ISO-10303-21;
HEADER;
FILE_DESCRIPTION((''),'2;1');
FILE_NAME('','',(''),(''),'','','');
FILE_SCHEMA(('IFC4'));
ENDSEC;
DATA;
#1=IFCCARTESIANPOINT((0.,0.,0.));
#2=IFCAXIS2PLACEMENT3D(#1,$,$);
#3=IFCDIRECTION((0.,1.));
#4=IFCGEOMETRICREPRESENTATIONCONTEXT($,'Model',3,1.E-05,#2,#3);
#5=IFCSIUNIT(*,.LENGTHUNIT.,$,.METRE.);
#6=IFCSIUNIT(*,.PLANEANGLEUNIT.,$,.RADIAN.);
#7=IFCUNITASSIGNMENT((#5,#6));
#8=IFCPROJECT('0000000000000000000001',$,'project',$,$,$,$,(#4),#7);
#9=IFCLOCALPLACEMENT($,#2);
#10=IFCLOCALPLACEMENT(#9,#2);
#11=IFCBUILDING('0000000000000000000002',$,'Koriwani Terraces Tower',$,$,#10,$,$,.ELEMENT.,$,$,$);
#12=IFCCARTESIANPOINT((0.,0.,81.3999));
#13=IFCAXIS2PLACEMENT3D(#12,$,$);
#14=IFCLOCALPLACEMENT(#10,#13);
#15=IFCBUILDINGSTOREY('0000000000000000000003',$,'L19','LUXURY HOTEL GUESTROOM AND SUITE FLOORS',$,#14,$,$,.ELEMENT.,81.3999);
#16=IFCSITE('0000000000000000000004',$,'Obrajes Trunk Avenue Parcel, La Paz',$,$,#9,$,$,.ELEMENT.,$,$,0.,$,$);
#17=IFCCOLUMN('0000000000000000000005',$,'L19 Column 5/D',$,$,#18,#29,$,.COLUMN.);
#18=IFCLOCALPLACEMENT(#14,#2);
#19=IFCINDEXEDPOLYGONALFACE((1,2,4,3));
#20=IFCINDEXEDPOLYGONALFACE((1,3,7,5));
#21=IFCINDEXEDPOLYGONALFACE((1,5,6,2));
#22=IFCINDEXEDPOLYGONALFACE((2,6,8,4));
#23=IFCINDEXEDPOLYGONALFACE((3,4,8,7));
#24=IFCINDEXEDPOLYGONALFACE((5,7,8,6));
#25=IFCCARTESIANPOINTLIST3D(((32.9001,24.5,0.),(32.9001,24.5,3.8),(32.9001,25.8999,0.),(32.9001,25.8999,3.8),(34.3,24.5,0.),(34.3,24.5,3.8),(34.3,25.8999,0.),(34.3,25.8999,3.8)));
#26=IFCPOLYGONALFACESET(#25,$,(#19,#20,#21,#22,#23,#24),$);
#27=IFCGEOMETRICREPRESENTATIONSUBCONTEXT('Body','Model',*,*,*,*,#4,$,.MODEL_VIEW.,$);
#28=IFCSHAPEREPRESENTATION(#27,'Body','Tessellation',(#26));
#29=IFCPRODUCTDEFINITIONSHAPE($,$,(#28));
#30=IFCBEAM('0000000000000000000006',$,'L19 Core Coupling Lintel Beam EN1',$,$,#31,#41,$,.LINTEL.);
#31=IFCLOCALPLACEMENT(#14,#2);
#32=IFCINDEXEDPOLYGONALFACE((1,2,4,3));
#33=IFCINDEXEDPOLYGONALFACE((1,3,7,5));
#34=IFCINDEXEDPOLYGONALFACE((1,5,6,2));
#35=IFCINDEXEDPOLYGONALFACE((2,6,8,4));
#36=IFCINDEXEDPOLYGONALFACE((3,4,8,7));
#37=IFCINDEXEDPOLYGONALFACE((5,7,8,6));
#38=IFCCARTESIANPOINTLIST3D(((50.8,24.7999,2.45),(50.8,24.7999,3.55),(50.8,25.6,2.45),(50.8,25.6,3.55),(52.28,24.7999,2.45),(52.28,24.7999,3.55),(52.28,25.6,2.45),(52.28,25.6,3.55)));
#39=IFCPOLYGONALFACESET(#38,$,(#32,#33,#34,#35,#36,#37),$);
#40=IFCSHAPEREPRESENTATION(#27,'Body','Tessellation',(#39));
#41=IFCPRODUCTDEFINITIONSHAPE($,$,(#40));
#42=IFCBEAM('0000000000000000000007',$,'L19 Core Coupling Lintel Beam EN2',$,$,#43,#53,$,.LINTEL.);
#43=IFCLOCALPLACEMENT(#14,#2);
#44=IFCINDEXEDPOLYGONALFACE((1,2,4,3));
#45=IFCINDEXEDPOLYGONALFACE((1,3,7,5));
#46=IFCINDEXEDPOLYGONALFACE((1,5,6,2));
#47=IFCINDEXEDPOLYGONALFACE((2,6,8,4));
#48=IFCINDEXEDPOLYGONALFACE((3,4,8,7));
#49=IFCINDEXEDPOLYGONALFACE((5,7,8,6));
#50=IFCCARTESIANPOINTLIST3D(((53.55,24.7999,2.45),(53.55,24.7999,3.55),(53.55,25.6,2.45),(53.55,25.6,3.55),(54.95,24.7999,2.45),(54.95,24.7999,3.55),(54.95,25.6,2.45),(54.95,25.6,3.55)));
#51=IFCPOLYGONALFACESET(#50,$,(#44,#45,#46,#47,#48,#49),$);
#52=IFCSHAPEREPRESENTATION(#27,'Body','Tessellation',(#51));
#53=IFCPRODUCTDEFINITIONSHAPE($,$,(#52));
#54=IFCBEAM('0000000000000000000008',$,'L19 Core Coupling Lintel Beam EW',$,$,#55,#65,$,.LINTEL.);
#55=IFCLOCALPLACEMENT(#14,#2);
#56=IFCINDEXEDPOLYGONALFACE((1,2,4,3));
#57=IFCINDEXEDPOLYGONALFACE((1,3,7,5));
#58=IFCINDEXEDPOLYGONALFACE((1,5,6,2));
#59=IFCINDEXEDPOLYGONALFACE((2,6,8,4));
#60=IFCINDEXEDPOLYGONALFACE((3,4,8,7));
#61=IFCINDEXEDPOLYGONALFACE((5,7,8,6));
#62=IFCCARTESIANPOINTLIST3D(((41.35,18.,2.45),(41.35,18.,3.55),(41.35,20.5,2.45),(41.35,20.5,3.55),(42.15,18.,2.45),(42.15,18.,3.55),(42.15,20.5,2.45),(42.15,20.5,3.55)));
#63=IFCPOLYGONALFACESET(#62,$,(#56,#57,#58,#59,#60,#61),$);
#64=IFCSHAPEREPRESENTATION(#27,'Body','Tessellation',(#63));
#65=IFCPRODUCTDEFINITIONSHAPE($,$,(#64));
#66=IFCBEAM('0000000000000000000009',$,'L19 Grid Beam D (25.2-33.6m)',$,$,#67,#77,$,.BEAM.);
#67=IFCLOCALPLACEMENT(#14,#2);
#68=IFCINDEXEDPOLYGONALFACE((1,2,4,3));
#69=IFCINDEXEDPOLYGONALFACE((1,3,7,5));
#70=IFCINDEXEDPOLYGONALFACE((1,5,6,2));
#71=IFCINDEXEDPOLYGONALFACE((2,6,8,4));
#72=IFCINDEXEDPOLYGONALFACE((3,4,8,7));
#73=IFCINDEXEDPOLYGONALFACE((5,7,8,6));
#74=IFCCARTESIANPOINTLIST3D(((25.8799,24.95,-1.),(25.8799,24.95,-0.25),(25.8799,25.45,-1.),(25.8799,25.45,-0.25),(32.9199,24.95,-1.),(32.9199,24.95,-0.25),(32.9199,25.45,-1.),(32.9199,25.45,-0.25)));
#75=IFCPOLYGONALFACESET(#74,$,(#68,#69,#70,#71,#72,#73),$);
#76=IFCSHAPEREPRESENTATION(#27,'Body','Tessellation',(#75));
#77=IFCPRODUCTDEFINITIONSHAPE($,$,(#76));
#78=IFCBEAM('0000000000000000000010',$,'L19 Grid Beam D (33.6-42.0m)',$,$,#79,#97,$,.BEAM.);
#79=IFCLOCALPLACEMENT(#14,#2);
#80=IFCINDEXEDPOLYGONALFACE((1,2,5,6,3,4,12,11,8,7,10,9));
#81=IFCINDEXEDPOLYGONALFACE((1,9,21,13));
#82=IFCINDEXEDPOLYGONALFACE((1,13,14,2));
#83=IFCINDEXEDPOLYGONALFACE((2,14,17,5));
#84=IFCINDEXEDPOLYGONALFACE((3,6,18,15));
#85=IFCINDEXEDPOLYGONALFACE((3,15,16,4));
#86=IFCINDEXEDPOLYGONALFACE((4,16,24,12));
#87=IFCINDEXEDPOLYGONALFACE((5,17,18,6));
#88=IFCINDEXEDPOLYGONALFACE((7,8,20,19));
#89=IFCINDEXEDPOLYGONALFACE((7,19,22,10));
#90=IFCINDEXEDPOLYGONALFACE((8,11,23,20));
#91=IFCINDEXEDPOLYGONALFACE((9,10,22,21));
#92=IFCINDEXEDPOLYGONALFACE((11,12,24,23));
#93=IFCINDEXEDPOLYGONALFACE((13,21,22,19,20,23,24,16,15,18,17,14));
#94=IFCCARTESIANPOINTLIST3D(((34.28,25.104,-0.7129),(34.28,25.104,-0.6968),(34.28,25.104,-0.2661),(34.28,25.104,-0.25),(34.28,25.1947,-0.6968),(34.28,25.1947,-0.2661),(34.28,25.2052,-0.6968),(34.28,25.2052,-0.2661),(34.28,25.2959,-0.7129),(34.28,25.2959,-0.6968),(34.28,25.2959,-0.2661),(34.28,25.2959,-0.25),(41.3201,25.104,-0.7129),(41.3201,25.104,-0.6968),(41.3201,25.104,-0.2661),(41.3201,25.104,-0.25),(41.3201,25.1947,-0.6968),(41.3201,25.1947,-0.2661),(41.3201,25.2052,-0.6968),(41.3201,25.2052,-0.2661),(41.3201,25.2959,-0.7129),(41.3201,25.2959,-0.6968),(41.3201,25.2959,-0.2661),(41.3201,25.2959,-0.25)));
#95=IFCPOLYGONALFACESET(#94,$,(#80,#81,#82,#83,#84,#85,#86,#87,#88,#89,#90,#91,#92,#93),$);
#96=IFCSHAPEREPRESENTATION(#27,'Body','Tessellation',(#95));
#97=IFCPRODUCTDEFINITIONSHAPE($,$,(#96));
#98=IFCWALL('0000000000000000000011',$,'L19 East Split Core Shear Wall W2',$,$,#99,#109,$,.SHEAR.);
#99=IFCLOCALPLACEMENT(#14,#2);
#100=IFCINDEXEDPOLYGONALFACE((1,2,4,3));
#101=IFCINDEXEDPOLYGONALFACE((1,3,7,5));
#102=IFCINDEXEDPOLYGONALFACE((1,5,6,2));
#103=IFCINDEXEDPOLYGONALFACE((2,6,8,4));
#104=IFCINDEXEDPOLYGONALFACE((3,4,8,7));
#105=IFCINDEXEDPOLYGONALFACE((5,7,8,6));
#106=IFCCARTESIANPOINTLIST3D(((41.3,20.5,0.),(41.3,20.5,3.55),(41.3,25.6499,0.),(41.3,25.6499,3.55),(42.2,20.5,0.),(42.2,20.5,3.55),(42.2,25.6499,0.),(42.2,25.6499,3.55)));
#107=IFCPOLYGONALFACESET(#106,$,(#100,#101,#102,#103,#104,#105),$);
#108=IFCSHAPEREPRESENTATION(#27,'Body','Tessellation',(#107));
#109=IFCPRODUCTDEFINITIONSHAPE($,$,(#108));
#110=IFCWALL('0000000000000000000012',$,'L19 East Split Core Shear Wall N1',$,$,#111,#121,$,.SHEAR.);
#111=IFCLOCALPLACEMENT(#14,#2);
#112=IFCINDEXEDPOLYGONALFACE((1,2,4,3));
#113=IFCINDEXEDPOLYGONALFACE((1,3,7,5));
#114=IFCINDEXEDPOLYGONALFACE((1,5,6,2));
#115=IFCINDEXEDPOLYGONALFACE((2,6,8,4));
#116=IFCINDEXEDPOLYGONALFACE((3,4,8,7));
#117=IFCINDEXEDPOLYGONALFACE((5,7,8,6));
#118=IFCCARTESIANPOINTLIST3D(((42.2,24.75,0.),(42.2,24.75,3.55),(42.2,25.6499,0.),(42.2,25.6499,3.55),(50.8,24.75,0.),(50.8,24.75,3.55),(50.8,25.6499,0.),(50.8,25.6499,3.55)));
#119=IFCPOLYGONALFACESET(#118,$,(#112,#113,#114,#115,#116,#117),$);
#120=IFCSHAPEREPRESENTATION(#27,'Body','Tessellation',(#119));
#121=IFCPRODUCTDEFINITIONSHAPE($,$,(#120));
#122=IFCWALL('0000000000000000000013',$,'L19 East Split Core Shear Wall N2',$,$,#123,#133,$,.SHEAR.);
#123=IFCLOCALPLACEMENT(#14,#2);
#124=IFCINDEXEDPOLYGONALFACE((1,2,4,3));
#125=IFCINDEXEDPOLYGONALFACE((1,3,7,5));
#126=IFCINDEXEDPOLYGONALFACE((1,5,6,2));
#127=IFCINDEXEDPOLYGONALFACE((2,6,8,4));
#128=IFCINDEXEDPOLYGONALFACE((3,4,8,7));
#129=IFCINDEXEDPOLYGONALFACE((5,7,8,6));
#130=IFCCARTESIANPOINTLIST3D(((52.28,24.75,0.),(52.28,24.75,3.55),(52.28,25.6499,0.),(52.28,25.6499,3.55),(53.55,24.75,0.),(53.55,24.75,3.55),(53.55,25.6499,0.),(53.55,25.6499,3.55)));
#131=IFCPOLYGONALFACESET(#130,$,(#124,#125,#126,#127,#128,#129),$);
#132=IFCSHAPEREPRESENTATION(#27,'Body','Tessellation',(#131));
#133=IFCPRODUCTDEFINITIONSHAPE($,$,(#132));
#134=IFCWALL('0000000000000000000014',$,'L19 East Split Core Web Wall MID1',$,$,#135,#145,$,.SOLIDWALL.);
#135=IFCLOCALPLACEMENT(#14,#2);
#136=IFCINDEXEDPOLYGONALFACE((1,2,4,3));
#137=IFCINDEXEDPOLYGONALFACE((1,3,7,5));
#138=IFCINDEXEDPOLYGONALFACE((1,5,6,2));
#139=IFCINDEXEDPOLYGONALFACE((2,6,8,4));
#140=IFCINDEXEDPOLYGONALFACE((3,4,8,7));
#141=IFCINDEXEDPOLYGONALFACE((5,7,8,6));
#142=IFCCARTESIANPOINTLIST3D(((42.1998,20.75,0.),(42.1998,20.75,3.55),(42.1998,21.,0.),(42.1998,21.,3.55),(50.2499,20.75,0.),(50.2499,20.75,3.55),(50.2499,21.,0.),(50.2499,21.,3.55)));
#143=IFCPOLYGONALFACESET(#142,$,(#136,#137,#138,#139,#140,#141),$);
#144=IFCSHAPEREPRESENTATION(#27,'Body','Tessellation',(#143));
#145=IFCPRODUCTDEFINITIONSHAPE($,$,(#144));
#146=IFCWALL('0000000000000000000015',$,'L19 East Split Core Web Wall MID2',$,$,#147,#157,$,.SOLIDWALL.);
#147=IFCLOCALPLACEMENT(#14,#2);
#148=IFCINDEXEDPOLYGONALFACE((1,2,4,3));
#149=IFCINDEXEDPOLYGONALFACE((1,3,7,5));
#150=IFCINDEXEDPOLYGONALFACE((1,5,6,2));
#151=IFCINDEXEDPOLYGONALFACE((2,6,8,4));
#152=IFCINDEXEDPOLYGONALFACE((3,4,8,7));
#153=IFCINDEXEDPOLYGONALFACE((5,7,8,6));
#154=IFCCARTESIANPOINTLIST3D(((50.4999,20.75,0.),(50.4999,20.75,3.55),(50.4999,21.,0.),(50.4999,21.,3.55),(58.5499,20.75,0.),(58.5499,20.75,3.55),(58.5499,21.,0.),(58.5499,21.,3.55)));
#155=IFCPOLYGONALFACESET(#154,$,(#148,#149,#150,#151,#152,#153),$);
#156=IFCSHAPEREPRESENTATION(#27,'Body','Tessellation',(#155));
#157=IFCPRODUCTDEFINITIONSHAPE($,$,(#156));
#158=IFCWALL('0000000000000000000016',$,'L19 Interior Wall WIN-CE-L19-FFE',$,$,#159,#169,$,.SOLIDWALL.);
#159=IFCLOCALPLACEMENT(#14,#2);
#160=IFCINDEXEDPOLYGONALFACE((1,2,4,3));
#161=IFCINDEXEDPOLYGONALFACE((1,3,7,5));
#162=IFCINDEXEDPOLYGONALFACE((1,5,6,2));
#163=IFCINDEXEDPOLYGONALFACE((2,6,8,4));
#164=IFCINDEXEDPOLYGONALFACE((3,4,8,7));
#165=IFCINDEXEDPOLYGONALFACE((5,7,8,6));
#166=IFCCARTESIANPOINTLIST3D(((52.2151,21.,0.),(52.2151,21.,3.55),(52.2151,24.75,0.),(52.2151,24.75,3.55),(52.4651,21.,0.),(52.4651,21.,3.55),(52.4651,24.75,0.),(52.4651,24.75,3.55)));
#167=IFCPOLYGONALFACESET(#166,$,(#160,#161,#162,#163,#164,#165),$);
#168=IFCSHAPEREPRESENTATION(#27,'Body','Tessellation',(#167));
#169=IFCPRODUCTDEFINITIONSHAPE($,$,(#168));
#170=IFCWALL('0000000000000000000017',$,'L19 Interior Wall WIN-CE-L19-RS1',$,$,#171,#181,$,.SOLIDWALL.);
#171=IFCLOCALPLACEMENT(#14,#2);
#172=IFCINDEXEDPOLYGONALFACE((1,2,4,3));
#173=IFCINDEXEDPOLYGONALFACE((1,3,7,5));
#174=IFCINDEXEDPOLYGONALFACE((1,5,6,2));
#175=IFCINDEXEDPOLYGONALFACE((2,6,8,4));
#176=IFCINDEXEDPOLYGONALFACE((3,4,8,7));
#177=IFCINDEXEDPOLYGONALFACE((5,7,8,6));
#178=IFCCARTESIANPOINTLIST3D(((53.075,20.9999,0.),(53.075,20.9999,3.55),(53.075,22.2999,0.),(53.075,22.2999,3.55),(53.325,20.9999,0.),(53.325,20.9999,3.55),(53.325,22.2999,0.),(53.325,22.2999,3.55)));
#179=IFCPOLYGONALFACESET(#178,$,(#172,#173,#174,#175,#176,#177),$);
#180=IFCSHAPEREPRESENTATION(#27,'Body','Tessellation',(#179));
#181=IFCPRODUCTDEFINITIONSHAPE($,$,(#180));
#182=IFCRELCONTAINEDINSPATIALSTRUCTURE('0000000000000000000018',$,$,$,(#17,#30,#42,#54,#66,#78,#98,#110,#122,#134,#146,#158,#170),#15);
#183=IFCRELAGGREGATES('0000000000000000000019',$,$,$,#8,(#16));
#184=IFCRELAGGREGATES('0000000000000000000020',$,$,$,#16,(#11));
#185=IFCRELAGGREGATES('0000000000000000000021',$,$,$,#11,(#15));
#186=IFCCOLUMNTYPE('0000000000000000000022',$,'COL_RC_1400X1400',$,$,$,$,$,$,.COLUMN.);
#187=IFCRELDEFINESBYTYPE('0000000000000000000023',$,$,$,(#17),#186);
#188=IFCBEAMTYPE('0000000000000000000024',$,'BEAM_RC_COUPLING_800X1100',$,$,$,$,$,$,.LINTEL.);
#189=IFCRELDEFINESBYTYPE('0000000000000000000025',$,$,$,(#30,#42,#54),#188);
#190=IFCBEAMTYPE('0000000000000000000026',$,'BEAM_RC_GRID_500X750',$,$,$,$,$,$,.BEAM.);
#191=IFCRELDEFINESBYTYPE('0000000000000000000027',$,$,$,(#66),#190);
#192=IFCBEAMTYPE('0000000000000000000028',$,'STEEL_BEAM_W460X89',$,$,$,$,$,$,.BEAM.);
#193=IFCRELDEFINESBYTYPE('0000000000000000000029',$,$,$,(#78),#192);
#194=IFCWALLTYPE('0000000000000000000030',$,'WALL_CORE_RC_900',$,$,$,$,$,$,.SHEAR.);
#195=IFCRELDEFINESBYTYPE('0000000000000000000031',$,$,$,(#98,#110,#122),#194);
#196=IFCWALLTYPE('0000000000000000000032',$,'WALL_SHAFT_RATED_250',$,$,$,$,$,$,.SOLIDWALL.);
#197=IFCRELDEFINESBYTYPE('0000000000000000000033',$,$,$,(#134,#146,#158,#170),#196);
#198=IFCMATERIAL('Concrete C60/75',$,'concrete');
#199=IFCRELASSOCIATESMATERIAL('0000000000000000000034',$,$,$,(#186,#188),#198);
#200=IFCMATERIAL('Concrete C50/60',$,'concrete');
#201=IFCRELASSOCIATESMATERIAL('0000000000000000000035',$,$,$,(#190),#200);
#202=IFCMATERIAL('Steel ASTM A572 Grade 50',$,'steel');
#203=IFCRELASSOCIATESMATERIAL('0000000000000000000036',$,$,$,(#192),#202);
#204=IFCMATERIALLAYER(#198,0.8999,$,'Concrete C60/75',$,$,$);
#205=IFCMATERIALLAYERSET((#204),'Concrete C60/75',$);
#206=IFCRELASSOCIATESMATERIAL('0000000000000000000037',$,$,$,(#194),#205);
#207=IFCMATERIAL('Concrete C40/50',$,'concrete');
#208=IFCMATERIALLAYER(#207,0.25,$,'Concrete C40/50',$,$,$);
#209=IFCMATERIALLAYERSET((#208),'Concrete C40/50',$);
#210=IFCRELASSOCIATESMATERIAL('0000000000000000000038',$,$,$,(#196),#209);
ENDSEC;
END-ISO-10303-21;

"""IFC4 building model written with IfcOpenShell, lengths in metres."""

from ifc_helpers import new_model, si_unit, direction, frame, frame_2d, origin, origin_2d, place, context, subcontext, project, spatial, rectangle, i_section, extrude, material, layer, layer_set, material_profile, profile_set, type_object, element, save


model = new_model("IFC4")

# Units and contexts
model_context = context("Model", 3, precision=1e-05, world=origin(), true_north=direction((0.0, 1.0)))
body_context = subcontext(model_context, "Body", "Model", "MODEL_VIEW")
ifc_project = project(units=[si_unit("LENGTHUNIT", "METRE"), si_unit("PLANEANGLEUNIT", "RADIAN")], contexts=[model_context])

# Site, building, storey
site_placement = place(None, origin())
site = spatial("IfcSite", under=ifc_project, at=site_placement, Name="Obrajes Trunk Avenue Parcel, La Paz", CompositionType="ELEMENT", RefElevation=0.0)
building_placement = place(site_placement, origin())
building = spatial("IfcBuilding", under=site, at=building_placement, Name="Koriwani Terraces Tower", CompositionType="ELEMENT")
storey_placement = place(building_placement, frame((0.0, 0.0, 81.3999)))
storey = spatial("IfcBuildingStorey", under=building, at=storey_placement, Name="L19", Description="LUXURY HOTEL GUESTROOM AND SUITE FLOORS", CompositionType="ELEMENT", Elevation=81.3999)

# Column
ifc_material_1 = material(Name="Concrete C60/75", Category="concrete")
ifc_material_profile_1 = material_profile(ifc_material_1, rectangle(XDim=1.3999, YDim=1.3999, at=origin_2d()), Name="Concrete C60/75", Category="LoadBearing")
ifc_profile_set_1 = profile_set([ifc_material_profile_1], Name="Concrete C60/75")
column_type = type_object("IfcColumnType", Name="COL_RC_1400X1400", PredefinedType="COLUMN", material=ifc_profile_set_1)
column_placement = place(storey_placement, frame((33.6001, 25.2, 0.0), z_axis=(0.0, 0.0, 1.0), x_axis=(1.0, 0.0, 0.0)))
element("IfcColumn", 1, at=column_placement, inside=storey, type_object=column_type, Name="L19 Column 5/D", PredefinedType="COLUMN", context=body_context, shape_type="SweptSolid", body=[
    extrude(rectangle(XDim=1.3999, YDim=1.3999, at=origin_2d()), origin(), (0.0, 0.0, 1.0), 3.8),
])

# Beams
ifc_material_profile_2 = material_profile(ifc_material_1, rectangle(XDim=0.8, YDim=1.1001, at=origin_2d()), Name="Concrete C60/75", Category="LoadBearing")
ifc_profile_set_2 = profile_set([ifc_material_profile_2], Name="Concrete C60/75")
beam_type_1 = type_object("IfcBeamType", Name="BEAM_RC_COUPLING_800X1100", PredefinedType="LINTEL", material=ifc_profile_set_2)
beam_1_placement = place(storey_placement, frame((50.8, 25.2, 3.0), z_axis=(1.0, 0.0, 0.0), x_axis=(0.0, 1.0, 0.0)))
element("IfcBeam", 2, at=beam_1_placement, inside=storey, type_object=beam_type_1, Name="L19 Core Coupling Lintel Beam EN1", PredefinedType="LINTEL", context=body_context, shape_type="SweptSolid", body=[
    extrude(rectangle(XDim=0.8, YDim=1.1001, at=origin_2d()), origin(), (0.0, 0.0, 1.0), 1.48),
])
beam_2_placement = place(storey_placement, frame((53.55, 25.2, 3.0), z_axis=(1.0, 0.0, 0.0), x_axis=(0.0, 1.0, 0.0)))
element("IfcBeam", 3, at=beam_2_placement, inside=storey, type_object=beam_type_1, Name="L19 Core Coupling Lintel Beam EN2", PredefinedType="LINTEL", context=body_context, shape_type="SweptSolid", body=[
    extrude(rectangle(XDim=0.8, YDim=1.1001, at=origin_2d()), origin(), (0.0, 0.0, 1.0), 1.3999),
])
beam_3_placement = place(storey_placement, frame((41.75, 18.0, 3.0), z_axis=(0.0, 1.0, 0.0), x_axis=(-1.0, 0.0, 0.0)))
element("IfcBeam", 4, at=beam_3_placement, inside=storey, type_object=beam_type_1, Name="L19 Core Coupling Lintel Beam EW", PredefinedType="LINTEL", context=body_context, shape_type="SweptSolid", body=[
    extrude(rectangle(XDim=0.8, YDim=1.1001, at=origin_2d()), origin(), (0.0, 0.0, 1.0), 2.5),
])
ifc_material_2 = material(Name="Concrete C50/60", Category="concrete")
ifc_material_profile_3 = material_profile(ifc_material_2, rectangle(XDim=0.5, YDim=0.75, at=origin_2d()), Name="Concrete C50/60", Category="LoadBearing")
ifc_profile_set_3 = profile_set([ifc_material_profile_3], Name="Concrete C50/60")
beam_type_2 = type_object("IfcBeamType", Name="BEAM_RC_GRID_500X750", PredefinedType="BEAM", material=ifc_profile_set_3)
beam_4_placement = place(storey_placement, frame((25.8799, 25.2, -0.625), z_axis=(1.0, 0.0, 0.0), x_axis=(0.0, 1.0, 0.0)))
element("IfcBeam", 5, at=beam_4_placement, inside=storey, type_object=beam_type_2, Name="L19 Grid Beam D (25.2-33.6m)", PredefinedType="BEAM", context=body_context, shape_type="SweptSolid", body=[
    extrude(rectangle(XDim=0.5, YDim=0.75, at=origin_2d()), origin(), (0.0, 0.0, 1.0), 7.04),
])
ifc_material_3 = material(Name="Steel ASTM A572 Grade 50", Category="steel")
ifc_material_profile_4 = material_profile(ifc_material_3, i_section(OverallWidth=0.1919, OverallDepth=0.4629, WebThickness=0.0105, FlangeThickness=0.0161, at=origin_2d()), Name="Steel ASTM A572 Grade 50", Category="LoadBearing")
ifc_profile_set_4 = profile_set([ifc_material_profile_4], Name="Steel ASTM A572 Grade 50")
beam_type_3 = type_object("IfcBeamType", Name="STEEL_BEAM_W460X89", PredefinedType="BEAM", material=ifc_profile_set_4)
beam_5_placement = place(storey_placement, frame((34.28, 25.2, -0.4814), z_axis=(1.0, 0.0, 0.0), x_axis=(0.0, 1.0, 0.0)))
element("IfcBeam", 6, at=beam_5_placement, inside=storey, type_object=beam_type_3, Name="L19 Grid Beam D (33.6-42.0m)", PredefinedType="BEAM", context=body_context, shape_type="SweptSolid", body=[
    extrude(i_section(OverallWidth=0.1919, OverallDepth=0.4629, WebThickness=0.0105, FlangeThickness=0.0161, at=origin_2d()), origin(), (0.0, 0.0, 1.0), 7.04),
])

# Walls
ifc_layer_1 = layer(ifc_material_1, 0.8999, Name="Concrete C60/75")
ifc_layer_set_1 = layer_set([ifc_layer_1], Name="Concrete C60/75")
wall_type_1 = type_object("IfcWallType", Name="WALL_CORE_RC_900", PredefinedType="SHEAR", material=ifc_layer_set_1)
wall_1_placement = place(storey_placement, frame((41.75, 20.5, 0.0), z_axis=(0.0, 0.0, 1.0), x_axis=(0.0, 1.0, 0.0)))
element("IfcWall", 7, at=wall_1_placement, inside=storey, type_object=wall_type_1, Name="L19 East Split Core Shear Wall W2", PredefinedType="SHEAR", context=body_context, shape_type="SweptSolid", body=[
    extrude(rectangle(XDim=5.1499, YDim=0.8999, at=frame_2d((2.575, 0.0))), origin(), (0.0, 0.0, 1.0), 3.55),
])
wall_2_placement = place(storey_placement, frame((42.2, 25.2, 0.0), z_axis=(0.0, 0.0, 1.0), x_axis=(1.0, 0.0, 0.0)))
element("IfcWall", 8, at=wall_2_placement, inside=storey, type_object=wall_type_1, Name="L19 East Split Core Shear Wall N1", PredefinedType="SHEAR", context=body_context, shape_type="SweptSolid", body=[
    extrude(rectangle(XDim=8.6001, YDim=0.8999, at=frame_2d((4.3, 0.0))), origin(), (0.0, 0.0, 1.0), 3.55),
])
wall_3_placement = place(storey_placement, frame((52.28, 25.2, 0.0), z_axis=(0.0, 0.0, 1.0), x_axis=(1.0, 0.0, 0.0)))
element("IfcWall", 9, at=wall_3_placement, inside=storey, type_object=wall_type_1, Name="L19 East Split Core Shear Wall N2", PredefinedType="SHEAR", context=body_context, shape_type="SweptSolid", body=[
    extrude(rectangle(XDim=1.27, YDim=0.8999, at=frame_2d((0.635, 0.0))), origin(), (0.0, 0.0, 1.0), 3.55),
])
ifc_material_4 = material(Name="Concrete C40/50", Category="concrete")
ifc_layer_2 = layer(ifc_material_4, 0.25, Name="Concrete C40/50")
ifc_layer_set_2 = layer_set([ifc_layer_2], Name="Concrete C40/50")
wall_type_2 = type_object("IfcWallType", Name="WALL_SHAFT_RATED_250", PredefinedType="SOLIDWALL", material=ifc_layer_set_2)
for number, where, z_axis, x_axis, name in (
    (10, (42.2, 20.875, 0.0), (0.0, 0.0, 1.0), (1.0, 0.0, 0.0), "L19 East Split Core Web Wall MID1"),
    (11, (50.5, 20.875, 0.0), (0.0, 0.0, 1.0), (1.0, 0.0, 0.0), "L19 East Split Core Web Wall MID2"),
):
    element("IfcWall", number, at=place(storey_placement, frame(where, z_axis=z_axis, x_axis=x_axis)), inside=storey, type_object=wall_type_2, Name=name, PredefinedType="SOLIDWALL", context=body_context, shape_type="SweptSolid", body=[
        extrude(rectangle(XDim=8.05, YDim=0.25, at=frame_2d((4.0249, 0.0))), origin(), (0.0, 0.0, 1.0), 3.55),
    ])

# Wall
wall_4_placement = place(storey_placement, frame((52.3401, 21.0, 0.0), z_axis=(0.0, 0.0, 1.0), x_axis=(0.0, 1.0, 0.0)))
element("IfcWall", 12, at=wall_4_placement, inside=storey, type_object=wall_type_2, Name="L19 Interior Wall WIN-CE-L19-FFE", PredefinedType="SOLIDWALL", context=body_context, shape_type="SweptSolid", body=[
    extrude(rectangle(XDim=3.75, YDim=0.25, at=frame_2d((1.875, 0.0))), origin(), (0.0, 0.0, 1.0), 3.55),
])

# Wall
wall_5_placement = place(storey_placement, frame((53.2, 21.0, 0.0), z_axis=(0.0, 0.0, 1.0), x_axis=(0.0, 1.0, 0.0)))
element("IfcWall", 13, at=wall_5_placement, inside=storey, type_object=wall_type_2, Name="L19 Interior Wall WIN-CE-L19-RS1", PredefinedType="SOLIDWALL", context=body_context, shape_type="SweptSolid", body=[
    extrude(rectangle(XDim=1.3, YDim=0.25, at=frame_2d((0.6499, 0.0))), origin(), (0.0, 0.0, 1.0), 3.55),
])

save(model, "model.ifc")
